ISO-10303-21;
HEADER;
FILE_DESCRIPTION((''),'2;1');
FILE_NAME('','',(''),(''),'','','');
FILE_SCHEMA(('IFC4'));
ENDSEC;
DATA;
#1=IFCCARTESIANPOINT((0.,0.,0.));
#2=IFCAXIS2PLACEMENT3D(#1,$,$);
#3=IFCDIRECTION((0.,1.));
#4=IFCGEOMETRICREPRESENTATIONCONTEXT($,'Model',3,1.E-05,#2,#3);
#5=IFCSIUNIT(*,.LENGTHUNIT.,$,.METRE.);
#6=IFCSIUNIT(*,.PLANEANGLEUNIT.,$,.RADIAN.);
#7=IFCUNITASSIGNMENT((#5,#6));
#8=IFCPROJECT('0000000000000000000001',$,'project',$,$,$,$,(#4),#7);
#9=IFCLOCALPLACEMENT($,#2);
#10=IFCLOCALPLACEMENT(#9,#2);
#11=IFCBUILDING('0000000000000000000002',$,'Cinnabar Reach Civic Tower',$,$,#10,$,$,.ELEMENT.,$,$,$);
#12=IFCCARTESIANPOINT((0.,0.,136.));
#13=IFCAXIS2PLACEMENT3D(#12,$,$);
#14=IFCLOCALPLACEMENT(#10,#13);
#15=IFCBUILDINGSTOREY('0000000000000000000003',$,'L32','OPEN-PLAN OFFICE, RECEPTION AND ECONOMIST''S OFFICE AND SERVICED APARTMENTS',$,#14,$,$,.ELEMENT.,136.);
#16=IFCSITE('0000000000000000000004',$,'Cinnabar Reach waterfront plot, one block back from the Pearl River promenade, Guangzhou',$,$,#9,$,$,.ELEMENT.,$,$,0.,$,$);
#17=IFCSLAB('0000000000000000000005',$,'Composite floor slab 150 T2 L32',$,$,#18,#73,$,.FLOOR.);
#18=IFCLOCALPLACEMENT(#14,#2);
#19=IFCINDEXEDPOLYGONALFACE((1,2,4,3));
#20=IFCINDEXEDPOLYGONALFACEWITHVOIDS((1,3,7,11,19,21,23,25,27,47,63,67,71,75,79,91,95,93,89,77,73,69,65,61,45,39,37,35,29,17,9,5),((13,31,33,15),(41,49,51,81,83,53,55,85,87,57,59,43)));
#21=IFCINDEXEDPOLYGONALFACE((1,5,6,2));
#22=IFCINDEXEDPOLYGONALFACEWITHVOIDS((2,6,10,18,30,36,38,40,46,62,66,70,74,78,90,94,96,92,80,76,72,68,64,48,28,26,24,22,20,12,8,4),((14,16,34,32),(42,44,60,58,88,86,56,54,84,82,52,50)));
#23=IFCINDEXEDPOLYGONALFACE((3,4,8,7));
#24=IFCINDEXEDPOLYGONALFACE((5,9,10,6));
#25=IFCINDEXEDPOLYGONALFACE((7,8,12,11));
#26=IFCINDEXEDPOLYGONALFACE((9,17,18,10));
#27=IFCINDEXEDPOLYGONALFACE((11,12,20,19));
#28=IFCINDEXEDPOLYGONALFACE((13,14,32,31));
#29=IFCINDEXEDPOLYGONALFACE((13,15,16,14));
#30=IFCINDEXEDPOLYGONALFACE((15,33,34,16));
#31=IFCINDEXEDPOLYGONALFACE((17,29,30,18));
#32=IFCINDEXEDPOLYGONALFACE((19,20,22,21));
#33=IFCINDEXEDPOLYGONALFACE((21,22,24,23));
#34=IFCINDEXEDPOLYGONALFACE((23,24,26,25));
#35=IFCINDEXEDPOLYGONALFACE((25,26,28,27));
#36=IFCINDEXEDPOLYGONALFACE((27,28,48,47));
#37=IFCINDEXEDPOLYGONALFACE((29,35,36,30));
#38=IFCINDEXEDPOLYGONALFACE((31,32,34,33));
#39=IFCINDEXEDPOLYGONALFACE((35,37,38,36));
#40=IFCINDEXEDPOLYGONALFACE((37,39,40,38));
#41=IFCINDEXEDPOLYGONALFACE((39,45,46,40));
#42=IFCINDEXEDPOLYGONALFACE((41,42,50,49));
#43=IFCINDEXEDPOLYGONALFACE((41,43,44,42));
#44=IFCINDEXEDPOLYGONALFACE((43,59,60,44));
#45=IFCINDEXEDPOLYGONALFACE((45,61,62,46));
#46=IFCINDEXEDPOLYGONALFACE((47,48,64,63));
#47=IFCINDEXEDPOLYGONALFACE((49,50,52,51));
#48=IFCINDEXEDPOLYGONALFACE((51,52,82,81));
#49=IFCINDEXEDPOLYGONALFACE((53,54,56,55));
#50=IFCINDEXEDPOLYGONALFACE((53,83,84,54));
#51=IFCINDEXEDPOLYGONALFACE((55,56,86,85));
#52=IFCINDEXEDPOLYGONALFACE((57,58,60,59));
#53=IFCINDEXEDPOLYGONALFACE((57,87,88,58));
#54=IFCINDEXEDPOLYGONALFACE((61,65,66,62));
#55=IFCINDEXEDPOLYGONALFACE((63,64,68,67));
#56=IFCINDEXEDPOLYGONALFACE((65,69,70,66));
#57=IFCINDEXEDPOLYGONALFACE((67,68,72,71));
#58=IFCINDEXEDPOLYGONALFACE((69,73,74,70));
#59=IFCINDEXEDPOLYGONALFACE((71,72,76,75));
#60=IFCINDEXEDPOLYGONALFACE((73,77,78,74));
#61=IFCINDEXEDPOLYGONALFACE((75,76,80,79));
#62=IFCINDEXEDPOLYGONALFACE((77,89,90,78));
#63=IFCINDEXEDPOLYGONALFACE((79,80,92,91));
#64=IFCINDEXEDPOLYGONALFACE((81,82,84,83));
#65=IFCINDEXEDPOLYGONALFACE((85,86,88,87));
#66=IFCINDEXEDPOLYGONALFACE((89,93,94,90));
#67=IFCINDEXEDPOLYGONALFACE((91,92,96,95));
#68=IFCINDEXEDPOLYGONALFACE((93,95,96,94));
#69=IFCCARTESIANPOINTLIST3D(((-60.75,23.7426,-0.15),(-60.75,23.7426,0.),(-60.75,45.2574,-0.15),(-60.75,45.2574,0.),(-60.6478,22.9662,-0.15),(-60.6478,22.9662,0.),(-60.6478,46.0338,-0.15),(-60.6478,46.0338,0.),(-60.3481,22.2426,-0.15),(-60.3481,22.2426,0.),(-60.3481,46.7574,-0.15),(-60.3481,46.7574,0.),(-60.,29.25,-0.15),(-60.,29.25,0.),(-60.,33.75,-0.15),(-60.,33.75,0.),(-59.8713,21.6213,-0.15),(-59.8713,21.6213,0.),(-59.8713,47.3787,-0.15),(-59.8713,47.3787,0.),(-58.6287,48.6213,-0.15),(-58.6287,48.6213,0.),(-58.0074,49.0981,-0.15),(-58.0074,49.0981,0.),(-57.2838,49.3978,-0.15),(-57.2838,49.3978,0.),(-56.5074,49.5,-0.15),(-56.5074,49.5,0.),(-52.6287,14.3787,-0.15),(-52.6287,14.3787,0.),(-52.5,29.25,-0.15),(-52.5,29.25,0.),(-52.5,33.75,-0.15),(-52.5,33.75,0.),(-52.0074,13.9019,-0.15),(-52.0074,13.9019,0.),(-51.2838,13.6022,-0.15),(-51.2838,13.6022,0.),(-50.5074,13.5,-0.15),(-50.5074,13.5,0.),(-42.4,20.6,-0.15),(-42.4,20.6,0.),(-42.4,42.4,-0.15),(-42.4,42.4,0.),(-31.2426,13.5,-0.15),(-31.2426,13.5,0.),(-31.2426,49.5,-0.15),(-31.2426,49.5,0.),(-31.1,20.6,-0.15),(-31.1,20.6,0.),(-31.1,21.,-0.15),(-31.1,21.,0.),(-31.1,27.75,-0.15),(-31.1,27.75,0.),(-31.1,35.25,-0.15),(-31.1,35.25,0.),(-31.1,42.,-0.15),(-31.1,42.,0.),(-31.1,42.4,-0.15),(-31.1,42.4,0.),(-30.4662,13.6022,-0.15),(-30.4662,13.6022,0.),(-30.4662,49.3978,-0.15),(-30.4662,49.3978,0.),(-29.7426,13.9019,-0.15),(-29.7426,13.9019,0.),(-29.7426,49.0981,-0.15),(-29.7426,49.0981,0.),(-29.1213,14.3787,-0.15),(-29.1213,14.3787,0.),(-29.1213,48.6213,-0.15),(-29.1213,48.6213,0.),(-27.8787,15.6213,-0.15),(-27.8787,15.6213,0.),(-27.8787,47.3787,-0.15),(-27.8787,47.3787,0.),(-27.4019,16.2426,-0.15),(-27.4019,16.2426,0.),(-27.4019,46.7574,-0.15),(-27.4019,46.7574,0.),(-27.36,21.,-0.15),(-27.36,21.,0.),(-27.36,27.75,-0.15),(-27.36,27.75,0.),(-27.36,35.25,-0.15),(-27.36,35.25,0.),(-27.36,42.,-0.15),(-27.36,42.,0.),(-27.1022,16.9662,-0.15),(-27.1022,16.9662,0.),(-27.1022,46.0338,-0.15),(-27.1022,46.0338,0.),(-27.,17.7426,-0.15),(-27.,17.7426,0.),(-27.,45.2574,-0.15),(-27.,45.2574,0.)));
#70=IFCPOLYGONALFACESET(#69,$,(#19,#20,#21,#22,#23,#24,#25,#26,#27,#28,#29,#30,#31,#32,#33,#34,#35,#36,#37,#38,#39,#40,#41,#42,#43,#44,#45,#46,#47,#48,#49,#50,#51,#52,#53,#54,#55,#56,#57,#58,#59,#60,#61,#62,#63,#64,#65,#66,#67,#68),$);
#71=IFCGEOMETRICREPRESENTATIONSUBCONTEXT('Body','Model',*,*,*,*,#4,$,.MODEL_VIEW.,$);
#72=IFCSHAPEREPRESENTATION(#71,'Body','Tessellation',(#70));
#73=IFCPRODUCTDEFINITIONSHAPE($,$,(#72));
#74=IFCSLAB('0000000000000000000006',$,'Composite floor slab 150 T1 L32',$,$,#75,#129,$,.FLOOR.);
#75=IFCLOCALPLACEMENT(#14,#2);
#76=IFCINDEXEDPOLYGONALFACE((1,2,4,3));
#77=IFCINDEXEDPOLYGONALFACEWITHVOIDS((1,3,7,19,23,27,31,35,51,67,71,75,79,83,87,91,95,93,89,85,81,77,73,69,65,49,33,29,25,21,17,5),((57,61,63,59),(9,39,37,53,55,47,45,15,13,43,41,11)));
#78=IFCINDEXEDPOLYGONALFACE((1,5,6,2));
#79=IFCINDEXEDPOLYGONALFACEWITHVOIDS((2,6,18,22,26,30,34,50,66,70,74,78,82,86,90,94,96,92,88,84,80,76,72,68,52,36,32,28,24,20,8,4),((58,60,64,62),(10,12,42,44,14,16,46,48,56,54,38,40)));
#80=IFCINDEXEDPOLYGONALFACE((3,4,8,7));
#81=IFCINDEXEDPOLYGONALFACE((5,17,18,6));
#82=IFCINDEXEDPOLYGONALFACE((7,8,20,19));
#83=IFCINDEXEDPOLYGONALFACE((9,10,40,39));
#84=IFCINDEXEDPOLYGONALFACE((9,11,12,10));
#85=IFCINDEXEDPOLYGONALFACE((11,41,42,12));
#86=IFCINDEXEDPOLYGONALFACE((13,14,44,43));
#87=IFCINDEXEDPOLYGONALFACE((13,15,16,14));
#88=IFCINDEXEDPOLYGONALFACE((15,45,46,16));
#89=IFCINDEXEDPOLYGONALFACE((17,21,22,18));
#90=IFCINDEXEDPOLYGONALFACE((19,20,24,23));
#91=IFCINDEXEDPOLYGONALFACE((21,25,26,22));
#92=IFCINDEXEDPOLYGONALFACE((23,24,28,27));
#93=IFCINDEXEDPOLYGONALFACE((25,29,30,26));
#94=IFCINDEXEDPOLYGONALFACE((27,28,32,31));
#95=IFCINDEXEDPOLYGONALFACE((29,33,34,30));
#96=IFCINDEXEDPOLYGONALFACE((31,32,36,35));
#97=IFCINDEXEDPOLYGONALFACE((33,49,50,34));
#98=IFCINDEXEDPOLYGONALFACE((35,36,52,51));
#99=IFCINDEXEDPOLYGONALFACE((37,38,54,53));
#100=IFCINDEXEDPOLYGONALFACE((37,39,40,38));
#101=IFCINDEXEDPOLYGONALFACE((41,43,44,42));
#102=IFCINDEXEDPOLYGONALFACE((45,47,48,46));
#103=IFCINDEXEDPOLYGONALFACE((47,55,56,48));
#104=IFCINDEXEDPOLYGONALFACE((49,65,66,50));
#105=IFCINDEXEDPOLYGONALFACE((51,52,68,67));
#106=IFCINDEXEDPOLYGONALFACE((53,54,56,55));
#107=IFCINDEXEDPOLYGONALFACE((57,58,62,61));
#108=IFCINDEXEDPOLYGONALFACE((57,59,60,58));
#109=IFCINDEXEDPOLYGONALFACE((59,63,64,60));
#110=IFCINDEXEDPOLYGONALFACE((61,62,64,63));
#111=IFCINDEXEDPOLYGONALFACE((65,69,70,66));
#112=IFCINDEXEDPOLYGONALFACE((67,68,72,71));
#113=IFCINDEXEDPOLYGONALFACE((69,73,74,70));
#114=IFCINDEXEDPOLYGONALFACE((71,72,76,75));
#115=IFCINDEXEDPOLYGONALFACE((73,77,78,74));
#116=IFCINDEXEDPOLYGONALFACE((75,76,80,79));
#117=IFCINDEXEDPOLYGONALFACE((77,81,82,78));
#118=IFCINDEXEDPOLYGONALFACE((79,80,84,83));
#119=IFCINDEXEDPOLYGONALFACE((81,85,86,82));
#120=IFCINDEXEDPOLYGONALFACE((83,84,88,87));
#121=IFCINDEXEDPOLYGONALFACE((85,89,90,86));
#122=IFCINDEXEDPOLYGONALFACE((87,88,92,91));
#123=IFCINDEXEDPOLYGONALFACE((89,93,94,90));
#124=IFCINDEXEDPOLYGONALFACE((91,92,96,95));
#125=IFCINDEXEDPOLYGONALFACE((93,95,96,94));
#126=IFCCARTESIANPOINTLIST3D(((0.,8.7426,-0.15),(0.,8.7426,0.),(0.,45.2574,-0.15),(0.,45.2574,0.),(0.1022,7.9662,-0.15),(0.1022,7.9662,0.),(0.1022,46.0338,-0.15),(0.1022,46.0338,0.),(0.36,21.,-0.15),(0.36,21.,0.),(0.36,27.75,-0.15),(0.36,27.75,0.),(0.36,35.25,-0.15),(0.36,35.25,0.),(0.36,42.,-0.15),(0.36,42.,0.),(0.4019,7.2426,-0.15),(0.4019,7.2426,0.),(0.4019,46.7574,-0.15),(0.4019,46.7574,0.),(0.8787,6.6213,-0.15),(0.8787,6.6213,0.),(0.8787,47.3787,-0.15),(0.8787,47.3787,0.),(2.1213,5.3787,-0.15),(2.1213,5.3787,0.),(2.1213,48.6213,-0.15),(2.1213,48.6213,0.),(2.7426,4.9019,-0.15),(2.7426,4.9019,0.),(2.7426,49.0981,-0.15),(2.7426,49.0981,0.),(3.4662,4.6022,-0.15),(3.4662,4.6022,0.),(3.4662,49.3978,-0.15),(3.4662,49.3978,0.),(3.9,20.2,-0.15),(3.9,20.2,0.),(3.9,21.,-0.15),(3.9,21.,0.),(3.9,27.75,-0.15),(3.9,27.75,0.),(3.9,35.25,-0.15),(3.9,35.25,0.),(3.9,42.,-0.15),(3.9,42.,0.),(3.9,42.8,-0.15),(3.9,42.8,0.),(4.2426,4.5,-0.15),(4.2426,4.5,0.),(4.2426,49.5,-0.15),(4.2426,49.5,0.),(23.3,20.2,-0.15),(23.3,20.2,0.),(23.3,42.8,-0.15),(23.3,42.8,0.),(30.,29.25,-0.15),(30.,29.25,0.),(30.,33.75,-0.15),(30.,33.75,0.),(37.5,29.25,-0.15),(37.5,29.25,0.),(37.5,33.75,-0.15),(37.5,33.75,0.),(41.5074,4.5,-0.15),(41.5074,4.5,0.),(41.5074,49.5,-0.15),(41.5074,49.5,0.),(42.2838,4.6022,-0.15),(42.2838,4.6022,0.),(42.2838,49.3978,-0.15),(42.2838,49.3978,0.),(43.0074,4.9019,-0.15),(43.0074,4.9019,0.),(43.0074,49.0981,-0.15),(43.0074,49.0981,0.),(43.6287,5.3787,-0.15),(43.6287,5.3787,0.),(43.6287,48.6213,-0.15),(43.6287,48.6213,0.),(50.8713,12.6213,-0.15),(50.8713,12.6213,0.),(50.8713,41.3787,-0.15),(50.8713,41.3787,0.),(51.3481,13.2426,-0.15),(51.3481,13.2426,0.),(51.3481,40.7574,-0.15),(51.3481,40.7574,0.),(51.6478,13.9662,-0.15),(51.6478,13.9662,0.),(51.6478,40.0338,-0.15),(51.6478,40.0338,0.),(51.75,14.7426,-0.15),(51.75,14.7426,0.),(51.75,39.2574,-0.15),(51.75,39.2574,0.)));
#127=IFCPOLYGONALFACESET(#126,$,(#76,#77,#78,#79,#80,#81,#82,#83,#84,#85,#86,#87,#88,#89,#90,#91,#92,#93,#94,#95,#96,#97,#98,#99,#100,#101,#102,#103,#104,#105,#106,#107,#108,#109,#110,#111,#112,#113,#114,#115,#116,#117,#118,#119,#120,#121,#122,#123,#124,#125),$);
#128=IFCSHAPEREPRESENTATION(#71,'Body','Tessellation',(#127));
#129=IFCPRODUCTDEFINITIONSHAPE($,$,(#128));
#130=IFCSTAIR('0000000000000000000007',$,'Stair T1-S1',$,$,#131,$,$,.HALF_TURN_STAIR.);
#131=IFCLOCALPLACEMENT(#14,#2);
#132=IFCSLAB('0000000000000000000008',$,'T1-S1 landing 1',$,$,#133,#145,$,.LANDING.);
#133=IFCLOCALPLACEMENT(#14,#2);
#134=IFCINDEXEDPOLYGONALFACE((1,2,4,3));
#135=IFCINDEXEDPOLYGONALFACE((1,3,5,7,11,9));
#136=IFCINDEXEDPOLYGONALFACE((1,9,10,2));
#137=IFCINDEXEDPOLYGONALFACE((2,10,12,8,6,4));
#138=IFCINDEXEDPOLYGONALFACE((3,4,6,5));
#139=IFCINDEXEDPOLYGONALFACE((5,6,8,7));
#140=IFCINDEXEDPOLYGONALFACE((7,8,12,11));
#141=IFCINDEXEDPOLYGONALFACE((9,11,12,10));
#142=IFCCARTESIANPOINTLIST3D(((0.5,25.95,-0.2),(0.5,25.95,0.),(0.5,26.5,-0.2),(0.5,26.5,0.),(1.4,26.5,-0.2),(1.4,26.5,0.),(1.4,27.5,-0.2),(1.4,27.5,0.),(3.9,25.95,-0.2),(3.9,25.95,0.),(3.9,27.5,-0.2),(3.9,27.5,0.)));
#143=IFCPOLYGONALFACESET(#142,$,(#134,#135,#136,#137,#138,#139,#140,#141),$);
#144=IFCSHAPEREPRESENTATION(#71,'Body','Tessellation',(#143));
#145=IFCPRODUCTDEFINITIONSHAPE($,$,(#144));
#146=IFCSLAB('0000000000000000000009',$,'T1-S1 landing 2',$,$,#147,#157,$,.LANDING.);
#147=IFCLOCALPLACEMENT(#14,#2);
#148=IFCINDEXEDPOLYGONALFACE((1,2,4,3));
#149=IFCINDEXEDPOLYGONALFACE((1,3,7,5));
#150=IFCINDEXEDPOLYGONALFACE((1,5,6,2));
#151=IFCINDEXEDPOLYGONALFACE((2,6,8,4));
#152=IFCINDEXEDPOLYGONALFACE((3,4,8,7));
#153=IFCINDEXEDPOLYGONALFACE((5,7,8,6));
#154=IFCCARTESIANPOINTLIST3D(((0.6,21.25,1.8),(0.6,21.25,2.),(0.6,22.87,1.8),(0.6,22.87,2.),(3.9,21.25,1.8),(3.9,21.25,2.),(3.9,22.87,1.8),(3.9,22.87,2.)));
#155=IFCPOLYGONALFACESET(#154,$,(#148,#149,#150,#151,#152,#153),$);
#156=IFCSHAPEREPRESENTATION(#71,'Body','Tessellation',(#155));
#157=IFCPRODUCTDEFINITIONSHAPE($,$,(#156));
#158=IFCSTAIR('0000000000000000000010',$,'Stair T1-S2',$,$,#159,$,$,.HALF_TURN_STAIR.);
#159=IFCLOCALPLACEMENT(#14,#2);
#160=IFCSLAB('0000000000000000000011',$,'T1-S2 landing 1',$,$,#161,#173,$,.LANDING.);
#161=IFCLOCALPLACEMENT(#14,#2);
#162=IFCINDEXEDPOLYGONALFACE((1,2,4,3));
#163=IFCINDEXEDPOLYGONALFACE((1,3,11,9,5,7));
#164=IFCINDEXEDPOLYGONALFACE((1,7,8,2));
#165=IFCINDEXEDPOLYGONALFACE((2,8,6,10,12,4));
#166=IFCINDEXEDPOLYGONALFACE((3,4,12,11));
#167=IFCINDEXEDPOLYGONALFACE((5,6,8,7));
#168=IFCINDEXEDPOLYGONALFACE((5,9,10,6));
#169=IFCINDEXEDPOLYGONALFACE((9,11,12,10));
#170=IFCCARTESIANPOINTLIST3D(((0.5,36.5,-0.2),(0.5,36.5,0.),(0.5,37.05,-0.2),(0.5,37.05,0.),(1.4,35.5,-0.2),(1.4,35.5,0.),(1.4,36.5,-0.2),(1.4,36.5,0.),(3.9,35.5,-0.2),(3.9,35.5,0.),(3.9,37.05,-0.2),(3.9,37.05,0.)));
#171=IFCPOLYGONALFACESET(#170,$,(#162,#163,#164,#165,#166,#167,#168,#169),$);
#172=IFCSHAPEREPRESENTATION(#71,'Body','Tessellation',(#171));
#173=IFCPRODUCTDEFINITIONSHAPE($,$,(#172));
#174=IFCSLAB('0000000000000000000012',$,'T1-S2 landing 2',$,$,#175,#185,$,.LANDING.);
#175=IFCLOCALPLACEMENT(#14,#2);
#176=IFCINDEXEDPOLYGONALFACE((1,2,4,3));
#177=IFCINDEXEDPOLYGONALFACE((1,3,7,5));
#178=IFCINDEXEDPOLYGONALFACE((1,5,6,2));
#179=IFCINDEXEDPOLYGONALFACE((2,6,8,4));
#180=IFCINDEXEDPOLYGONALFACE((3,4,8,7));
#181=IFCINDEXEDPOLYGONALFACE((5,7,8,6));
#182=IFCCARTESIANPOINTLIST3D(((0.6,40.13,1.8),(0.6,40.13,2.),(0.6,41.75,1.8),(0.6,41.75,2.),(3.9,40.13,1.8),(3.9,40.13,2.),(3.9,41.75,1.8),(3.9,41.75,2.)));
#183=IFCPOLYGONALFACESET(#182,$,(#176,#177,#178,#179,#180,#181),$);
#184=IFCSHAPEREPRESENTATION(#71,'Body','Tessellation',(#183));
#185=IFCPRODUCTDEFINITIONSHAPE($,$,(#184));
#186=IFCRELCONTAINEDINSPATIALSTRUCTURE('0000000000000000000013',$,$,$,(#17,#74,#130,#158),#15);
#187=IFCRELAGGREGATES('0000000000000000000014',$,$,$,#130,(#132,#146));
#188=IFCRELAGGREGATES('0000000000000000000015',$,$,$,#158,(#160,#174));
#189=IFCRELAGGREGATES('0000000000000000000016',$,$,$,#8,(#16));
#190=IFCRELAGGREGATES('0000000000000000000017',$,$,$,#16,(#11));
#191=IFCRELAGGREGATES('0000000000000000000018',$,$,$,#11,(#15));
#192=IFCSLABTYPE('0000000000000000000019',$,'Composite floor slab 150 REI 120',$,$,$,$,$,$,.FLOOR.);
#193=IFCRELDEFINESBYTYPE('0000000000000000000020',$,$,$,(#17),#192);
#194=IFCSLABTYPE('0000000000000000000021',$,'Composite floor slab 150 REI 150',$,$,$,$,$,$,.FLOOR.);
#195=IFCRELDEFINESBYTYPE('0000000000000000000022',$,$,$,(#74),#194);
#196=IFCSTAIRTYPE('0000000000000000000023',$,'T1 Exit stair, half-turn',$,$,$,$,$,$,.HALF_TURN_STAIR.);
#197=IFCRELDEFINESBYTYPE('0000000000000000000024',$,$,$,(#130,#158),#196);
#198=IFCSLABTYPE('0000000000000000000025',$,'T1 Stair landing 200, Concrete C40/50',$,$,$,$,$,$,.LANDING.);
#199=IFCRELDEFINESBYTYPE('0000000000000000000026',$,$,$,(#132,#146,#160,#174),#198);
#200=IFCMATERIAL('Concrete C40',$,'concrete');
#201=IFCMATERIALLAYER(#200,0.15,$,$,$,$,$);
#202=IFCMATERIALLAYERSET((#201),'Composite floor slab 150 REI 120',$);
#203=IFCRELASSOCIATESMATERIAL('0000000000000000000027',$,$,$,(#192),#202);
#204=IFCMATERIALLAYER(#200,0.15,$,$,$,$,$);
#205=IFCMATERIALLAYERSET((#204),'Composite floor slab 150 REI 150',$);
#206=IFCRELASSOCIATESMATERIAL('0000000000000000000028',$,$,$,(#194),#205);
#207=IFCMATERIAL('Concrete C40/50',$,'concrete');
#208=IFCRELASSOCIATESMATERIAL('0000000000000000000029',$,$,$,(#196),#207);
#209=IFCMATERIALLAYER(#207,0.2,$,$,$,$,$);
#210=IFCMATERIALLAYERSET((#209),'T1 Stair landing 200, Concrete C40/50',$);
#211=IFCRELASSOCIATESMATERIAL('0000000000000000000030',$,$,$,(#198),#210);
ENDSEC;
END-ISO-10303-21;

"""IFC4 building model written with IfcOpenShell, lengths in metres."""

from ifc_helpers import new_model, si_unit, direction, frame, origin, place, context, subcontext, project, spatial, polyline, outline, extrude, material, layer, layer_set, type_object, element, aggregate, save


model = new_model("IFC4")

# Units and contexts
model_context = context("Model", 3, precision=1e-05, world=origin(), true_north=direction((0.0, 1.0)))
body_context = subcontext(model_context, "Body", "Model", "MODEL_VIEW")
ifc_project = project(units=[si_unit("LENGTHUNIT", "METRE"), si_unit("PLANEANGLEUNIT", "RADIAN")], contexts=[model_context])

# Site, building, storey
site_placement = place(None, origin())
site = spatial("IfcSite", under=ifc_project, at=site_placement, Name="Cinnabar Reach waterfront plot, one block back from the Pearl River promenade, Guangzhou", CompositionType="ELEMENT", RefElevation=0.0)
building_placement = place(site_placement, origin())
building = spatial("IfcBuilding", under=site, at=building_placement, Name="Cinnabar Reach Civic Tower", CompositionType="ELEMENT")
storey_placement = place(building_placement, frame((0.0, 0.0, 136.0)))
storey = spatial("IfcBuildingStorey", under=building, at=storey_placement, Name="L32", Description="OPEN-PLAN OFFICE, RECEPTION AND ECONOMIST'S OFFICE AND SERVICED APARTMENTS", CompositionType="ELEMENT", Elevation=136.0)

# Slabs
ifc_material_1 = material(Name="Concrete C40", Category="concrete")
ifc_layer_1 = layer(ifc_material_1, 0.15)
ifc_layer_set_1 = layer_set([ifc_layer_1], Name="Composite floor slab 150 REI 120")
slab_type_1 = type_object("IfcSlabType", Name="Composite floor slab 150 REI 120", PredefinedType="FLOOR", material=ifc_layer_set_1)
slab_1_placement = place(storey_placement, frame((0.0, 0.0, -0.15)))
element("IfcSlab", 1, at=slab_1_placement, inside=storey, type_object=slab_type_1, Name="Composite floor slab 150 T2 L32", PredefinedType="FLOOR", context=body_context, shape_type="SweptSolid", body=[
    extrude(outline(polyline([(-59.8713, 21.6213), (-60.3481, 22.2426), (-60.6478, 22.9662), (-60.75, 23.7426), (-60.75, 45.2574), (-60.6478, 46.0338), (-60.3481, 46.7574), (-59.8713, 47.3787), (-58.6287, 48.6213), (-58.0074, 49.0981), (-57.2838, 49.3978), (-56.5074, 49.5), (-31.2426, 49.5), (-30.4662, 49.3978), (-29.7426, 49.0981), (-29.1213, 48.6213), (-27.8787, 47.3787), (-27.4019, 46.7574), (-27.1022, 46.0338), (-27.0, 45.2574), (-27.0, 17.7426), (-27.1022, 16.9662), (-27.4019, 16.2426), (-27.8787, 15.6213), (-29.1213, 14.3787), (-29.7426, 13.9019), (-30.4662, 13.6022), (-31.2426, 13.5), (-50.5074, 13.5), (-51.2838, 13.6022), (-52.0074, 13.9019), (-52.6287, 14.3787), (-59.8713, 21.6213)]), holes=[polyline([(-31.1, 27.75), (-31.1, 35.25), (-27.36, 35.25), (-27.36, 42.0), (-31.1, 42.0), (-31.1, 42.4), (-42.4, 42.4), (-42.4, 20.6), (-31.1, 20.6), (-31.1, 21.0), (-27.36, 21.0), (-27.36, 27.75), (-31.1, 27.75)]), polyline([(-60.0, 33.75), (-60.0, 29.25), (-52.5, 29.25), (-52.5, 33.75), (-60.0, 33.75)])]), origin(), (0.0, 0.0, 1.0), 0.15),
])
ifc_layer_2 = layer(ifc_material_1, 0.15)
ifc_layer_set_2 = layer_set([ifc_layer_2], Name="Composite floor slab 150 REI 150")
slab_type_2 = type_object("IfcSlabType", Name="Composite floor slab 150 REI 150", PredefinedType="FLOOR", material=ifc_layer_set_2)
slab_2_placement = place(storey_placement, frame((0.0, 0.0, -0.15)))
element("IfcSlab", 2, at=slab_2_placement, inside=storey, type_object=slab_type_2, Name="Composite floor slab 150 T1 L32", PredefinedType="FLOOR", context=body_context, shape_type="SweptSolid", body=[
    extrude(outline(polyline([(0.8787, 6.6213), (0.4019, 7.2426), (0.1022, 7.9662), (0.0, 8.7426), (0.0, 45.2574), (0.1022, 46.0338), (0.4019, 46.7574), (0.8787, 47.3787), (2.1213, 48.6213), (2.7426, 49.0981), (3.4662, 49.3978), (4.2426, 49.5), (41.5074, 49.5), (42.2838, 49.3978), (43.0074, 49.0981), (43.6287, 48.6213), (50.8713, 41.3787), (51.3481, 40.7574), (51.6478, 40.0338), (51.75, 39.2574), (51.75, 14.7426), (51.6478, 13.9662), (51.3481, 13.2426), (50.8713, 12.6213), (43.6287, 5.3787), (43.0074, 4.9019), (42.2838, 4.6022), (41.5074, 4.5), (4.2426, 4.5), (3.4662, 4.6022), (2.7426, 4.9019), (2.1213, 5.3787), (0.8787, 6.6213)]), holes=[polyline([(0.36, 21.0), (3.9, 21.0), (3.9, 20.2), (23.3, 20.2), (23.3, 42.8), (3.9, 42.8), (3.9, 42.0), (0.36, 42.0), (0.36, 35.25), (3.9, 35.25), (3.9, 27.75), (0.36, 27.75), (0.36, 21.0)]), polyline([(30.0, 33.75), (30.0, 29.25), (37.5, 29.25), (37.5, 33.75), (30.0, 33.75)])]), origin(), (0.0, 0.0, 1.0), 0.15),
])

# Stairs, slabs
ifc_material_2 = material(Name="Concrete C40/50", Category="concrete")
stair_type_1 = type_object("IfcStairType", Name="T1 Exit stair, half-turn", PredefinedType="HALF_TURN_STAIR", material=ifc_material_2)
stair_1_placement = place(storey_placement, origin())
stair_1 = element("IfcStair", 3, at=stair_1_placement, inside=storey, type_object=stair_type_1, Name="Stair T1-S1", PredefinedType="HALF_TURN_STAIR")
ifc_layer_3 = layer(ifc_material_2, 0.2)
ifc_layer_set_3 = layer_set([ifc_layer_3], Name="T1 Stair landing 200, Concrete C40/50")
slab_type_3 = type_object("IfcSlabType", Name="T1 Stair landing 200, Concrete C40/50", PredefinedType="LANDING", material=ifc_layer_set_3)
slab_3_placement = place(storey_placement, frame((0.0, 0.0, -0.2)))
slab_3 = element("IfcSlab", 4, at=slab_3_placement, type_object=slab_type_3, Name="T1-S1 landing 1", PredefinedType="LANDING", context=body_context, shape_type="SweptSolid", body=[
    extrude(outline(polyline([(3.9, 27.5), (3.9, 25.95), (0.5, 25.95), (0.5, 26.5), (1.4, 26.5), (1.4, 27.5), (3.9, 27.5)])), origin(), (0.0, 0.0, 1.0), 0.2),
])
slab_4_placement = place(storey_placement, frame((0.0, 0.0, 1.8)))
slab_4 = element("IfcSlab", 5, at=slab_4_placement, type_object=slab_type_3, Name="T1-S1 landing 2", PredefinedType="LANDING", context=body_context, shape_type="SweptSolid", body=[
    extrude(outline(polyline([(0.6, 21.25), (0.6, 22.87), (3.9, 22.87), (3.9, 21.25), (0.6, 21.25)])), origin(), (0.0, 0.0, 1.0), 0.2),
])
aggregate(stair_1, [slab_3, slab_4])
stair_2_placement = place(storey_placement, origin())
stair_2 = element("IfcStair", 6, at=stair_2_placement, inside=storey, type_object=stair_type_1, Name="Stair T1-S2", PredefinedType="HALF_TURN_STAIR")
slab_5_placement = place(storey_placement, frame((0.0, 0.0, -0.2)))
slab_5 = element("IfcSlab", 7, at=slab_5_placement, type_object=slab_type_3, Name="T1-S2 landing 1", PredefinedType="LANDING", context=body_context, shape_type="SweptSolid", body=[
    extrude(outline(polyline([(0.5, 37.05), (3.9, 37.05), (3.9, 35.5), (1.4, 35.5), (1.4, 36.5), (0.5, 36.5), (0.5, 37.05)])), origin(), (0.0, 0.0, 1.0), 0.2),
])
slab_6_placement = place(storey_placement, frame((0.0, 0.0, 1.8)))
slab_6 = element("IfcSlab", 8, at=slab_6_placement, type_object=slab_type_3, Name="T1-S2 landing 2", PredefinedType="LANDING", context=body_context, shape_type="SweptSolid", body=[
    extrude(outline(polyline([(0.6, 40.13), (0.6, 41.75), (3.9, 41.75), (3.9, 40.13), (0.6, 40.13)])), origin(), (0.0, 0.0, 1.0), 0.2),
])
aggregate(stair_2, [slab_5, slab_6])

save(model, "model.ifc")
